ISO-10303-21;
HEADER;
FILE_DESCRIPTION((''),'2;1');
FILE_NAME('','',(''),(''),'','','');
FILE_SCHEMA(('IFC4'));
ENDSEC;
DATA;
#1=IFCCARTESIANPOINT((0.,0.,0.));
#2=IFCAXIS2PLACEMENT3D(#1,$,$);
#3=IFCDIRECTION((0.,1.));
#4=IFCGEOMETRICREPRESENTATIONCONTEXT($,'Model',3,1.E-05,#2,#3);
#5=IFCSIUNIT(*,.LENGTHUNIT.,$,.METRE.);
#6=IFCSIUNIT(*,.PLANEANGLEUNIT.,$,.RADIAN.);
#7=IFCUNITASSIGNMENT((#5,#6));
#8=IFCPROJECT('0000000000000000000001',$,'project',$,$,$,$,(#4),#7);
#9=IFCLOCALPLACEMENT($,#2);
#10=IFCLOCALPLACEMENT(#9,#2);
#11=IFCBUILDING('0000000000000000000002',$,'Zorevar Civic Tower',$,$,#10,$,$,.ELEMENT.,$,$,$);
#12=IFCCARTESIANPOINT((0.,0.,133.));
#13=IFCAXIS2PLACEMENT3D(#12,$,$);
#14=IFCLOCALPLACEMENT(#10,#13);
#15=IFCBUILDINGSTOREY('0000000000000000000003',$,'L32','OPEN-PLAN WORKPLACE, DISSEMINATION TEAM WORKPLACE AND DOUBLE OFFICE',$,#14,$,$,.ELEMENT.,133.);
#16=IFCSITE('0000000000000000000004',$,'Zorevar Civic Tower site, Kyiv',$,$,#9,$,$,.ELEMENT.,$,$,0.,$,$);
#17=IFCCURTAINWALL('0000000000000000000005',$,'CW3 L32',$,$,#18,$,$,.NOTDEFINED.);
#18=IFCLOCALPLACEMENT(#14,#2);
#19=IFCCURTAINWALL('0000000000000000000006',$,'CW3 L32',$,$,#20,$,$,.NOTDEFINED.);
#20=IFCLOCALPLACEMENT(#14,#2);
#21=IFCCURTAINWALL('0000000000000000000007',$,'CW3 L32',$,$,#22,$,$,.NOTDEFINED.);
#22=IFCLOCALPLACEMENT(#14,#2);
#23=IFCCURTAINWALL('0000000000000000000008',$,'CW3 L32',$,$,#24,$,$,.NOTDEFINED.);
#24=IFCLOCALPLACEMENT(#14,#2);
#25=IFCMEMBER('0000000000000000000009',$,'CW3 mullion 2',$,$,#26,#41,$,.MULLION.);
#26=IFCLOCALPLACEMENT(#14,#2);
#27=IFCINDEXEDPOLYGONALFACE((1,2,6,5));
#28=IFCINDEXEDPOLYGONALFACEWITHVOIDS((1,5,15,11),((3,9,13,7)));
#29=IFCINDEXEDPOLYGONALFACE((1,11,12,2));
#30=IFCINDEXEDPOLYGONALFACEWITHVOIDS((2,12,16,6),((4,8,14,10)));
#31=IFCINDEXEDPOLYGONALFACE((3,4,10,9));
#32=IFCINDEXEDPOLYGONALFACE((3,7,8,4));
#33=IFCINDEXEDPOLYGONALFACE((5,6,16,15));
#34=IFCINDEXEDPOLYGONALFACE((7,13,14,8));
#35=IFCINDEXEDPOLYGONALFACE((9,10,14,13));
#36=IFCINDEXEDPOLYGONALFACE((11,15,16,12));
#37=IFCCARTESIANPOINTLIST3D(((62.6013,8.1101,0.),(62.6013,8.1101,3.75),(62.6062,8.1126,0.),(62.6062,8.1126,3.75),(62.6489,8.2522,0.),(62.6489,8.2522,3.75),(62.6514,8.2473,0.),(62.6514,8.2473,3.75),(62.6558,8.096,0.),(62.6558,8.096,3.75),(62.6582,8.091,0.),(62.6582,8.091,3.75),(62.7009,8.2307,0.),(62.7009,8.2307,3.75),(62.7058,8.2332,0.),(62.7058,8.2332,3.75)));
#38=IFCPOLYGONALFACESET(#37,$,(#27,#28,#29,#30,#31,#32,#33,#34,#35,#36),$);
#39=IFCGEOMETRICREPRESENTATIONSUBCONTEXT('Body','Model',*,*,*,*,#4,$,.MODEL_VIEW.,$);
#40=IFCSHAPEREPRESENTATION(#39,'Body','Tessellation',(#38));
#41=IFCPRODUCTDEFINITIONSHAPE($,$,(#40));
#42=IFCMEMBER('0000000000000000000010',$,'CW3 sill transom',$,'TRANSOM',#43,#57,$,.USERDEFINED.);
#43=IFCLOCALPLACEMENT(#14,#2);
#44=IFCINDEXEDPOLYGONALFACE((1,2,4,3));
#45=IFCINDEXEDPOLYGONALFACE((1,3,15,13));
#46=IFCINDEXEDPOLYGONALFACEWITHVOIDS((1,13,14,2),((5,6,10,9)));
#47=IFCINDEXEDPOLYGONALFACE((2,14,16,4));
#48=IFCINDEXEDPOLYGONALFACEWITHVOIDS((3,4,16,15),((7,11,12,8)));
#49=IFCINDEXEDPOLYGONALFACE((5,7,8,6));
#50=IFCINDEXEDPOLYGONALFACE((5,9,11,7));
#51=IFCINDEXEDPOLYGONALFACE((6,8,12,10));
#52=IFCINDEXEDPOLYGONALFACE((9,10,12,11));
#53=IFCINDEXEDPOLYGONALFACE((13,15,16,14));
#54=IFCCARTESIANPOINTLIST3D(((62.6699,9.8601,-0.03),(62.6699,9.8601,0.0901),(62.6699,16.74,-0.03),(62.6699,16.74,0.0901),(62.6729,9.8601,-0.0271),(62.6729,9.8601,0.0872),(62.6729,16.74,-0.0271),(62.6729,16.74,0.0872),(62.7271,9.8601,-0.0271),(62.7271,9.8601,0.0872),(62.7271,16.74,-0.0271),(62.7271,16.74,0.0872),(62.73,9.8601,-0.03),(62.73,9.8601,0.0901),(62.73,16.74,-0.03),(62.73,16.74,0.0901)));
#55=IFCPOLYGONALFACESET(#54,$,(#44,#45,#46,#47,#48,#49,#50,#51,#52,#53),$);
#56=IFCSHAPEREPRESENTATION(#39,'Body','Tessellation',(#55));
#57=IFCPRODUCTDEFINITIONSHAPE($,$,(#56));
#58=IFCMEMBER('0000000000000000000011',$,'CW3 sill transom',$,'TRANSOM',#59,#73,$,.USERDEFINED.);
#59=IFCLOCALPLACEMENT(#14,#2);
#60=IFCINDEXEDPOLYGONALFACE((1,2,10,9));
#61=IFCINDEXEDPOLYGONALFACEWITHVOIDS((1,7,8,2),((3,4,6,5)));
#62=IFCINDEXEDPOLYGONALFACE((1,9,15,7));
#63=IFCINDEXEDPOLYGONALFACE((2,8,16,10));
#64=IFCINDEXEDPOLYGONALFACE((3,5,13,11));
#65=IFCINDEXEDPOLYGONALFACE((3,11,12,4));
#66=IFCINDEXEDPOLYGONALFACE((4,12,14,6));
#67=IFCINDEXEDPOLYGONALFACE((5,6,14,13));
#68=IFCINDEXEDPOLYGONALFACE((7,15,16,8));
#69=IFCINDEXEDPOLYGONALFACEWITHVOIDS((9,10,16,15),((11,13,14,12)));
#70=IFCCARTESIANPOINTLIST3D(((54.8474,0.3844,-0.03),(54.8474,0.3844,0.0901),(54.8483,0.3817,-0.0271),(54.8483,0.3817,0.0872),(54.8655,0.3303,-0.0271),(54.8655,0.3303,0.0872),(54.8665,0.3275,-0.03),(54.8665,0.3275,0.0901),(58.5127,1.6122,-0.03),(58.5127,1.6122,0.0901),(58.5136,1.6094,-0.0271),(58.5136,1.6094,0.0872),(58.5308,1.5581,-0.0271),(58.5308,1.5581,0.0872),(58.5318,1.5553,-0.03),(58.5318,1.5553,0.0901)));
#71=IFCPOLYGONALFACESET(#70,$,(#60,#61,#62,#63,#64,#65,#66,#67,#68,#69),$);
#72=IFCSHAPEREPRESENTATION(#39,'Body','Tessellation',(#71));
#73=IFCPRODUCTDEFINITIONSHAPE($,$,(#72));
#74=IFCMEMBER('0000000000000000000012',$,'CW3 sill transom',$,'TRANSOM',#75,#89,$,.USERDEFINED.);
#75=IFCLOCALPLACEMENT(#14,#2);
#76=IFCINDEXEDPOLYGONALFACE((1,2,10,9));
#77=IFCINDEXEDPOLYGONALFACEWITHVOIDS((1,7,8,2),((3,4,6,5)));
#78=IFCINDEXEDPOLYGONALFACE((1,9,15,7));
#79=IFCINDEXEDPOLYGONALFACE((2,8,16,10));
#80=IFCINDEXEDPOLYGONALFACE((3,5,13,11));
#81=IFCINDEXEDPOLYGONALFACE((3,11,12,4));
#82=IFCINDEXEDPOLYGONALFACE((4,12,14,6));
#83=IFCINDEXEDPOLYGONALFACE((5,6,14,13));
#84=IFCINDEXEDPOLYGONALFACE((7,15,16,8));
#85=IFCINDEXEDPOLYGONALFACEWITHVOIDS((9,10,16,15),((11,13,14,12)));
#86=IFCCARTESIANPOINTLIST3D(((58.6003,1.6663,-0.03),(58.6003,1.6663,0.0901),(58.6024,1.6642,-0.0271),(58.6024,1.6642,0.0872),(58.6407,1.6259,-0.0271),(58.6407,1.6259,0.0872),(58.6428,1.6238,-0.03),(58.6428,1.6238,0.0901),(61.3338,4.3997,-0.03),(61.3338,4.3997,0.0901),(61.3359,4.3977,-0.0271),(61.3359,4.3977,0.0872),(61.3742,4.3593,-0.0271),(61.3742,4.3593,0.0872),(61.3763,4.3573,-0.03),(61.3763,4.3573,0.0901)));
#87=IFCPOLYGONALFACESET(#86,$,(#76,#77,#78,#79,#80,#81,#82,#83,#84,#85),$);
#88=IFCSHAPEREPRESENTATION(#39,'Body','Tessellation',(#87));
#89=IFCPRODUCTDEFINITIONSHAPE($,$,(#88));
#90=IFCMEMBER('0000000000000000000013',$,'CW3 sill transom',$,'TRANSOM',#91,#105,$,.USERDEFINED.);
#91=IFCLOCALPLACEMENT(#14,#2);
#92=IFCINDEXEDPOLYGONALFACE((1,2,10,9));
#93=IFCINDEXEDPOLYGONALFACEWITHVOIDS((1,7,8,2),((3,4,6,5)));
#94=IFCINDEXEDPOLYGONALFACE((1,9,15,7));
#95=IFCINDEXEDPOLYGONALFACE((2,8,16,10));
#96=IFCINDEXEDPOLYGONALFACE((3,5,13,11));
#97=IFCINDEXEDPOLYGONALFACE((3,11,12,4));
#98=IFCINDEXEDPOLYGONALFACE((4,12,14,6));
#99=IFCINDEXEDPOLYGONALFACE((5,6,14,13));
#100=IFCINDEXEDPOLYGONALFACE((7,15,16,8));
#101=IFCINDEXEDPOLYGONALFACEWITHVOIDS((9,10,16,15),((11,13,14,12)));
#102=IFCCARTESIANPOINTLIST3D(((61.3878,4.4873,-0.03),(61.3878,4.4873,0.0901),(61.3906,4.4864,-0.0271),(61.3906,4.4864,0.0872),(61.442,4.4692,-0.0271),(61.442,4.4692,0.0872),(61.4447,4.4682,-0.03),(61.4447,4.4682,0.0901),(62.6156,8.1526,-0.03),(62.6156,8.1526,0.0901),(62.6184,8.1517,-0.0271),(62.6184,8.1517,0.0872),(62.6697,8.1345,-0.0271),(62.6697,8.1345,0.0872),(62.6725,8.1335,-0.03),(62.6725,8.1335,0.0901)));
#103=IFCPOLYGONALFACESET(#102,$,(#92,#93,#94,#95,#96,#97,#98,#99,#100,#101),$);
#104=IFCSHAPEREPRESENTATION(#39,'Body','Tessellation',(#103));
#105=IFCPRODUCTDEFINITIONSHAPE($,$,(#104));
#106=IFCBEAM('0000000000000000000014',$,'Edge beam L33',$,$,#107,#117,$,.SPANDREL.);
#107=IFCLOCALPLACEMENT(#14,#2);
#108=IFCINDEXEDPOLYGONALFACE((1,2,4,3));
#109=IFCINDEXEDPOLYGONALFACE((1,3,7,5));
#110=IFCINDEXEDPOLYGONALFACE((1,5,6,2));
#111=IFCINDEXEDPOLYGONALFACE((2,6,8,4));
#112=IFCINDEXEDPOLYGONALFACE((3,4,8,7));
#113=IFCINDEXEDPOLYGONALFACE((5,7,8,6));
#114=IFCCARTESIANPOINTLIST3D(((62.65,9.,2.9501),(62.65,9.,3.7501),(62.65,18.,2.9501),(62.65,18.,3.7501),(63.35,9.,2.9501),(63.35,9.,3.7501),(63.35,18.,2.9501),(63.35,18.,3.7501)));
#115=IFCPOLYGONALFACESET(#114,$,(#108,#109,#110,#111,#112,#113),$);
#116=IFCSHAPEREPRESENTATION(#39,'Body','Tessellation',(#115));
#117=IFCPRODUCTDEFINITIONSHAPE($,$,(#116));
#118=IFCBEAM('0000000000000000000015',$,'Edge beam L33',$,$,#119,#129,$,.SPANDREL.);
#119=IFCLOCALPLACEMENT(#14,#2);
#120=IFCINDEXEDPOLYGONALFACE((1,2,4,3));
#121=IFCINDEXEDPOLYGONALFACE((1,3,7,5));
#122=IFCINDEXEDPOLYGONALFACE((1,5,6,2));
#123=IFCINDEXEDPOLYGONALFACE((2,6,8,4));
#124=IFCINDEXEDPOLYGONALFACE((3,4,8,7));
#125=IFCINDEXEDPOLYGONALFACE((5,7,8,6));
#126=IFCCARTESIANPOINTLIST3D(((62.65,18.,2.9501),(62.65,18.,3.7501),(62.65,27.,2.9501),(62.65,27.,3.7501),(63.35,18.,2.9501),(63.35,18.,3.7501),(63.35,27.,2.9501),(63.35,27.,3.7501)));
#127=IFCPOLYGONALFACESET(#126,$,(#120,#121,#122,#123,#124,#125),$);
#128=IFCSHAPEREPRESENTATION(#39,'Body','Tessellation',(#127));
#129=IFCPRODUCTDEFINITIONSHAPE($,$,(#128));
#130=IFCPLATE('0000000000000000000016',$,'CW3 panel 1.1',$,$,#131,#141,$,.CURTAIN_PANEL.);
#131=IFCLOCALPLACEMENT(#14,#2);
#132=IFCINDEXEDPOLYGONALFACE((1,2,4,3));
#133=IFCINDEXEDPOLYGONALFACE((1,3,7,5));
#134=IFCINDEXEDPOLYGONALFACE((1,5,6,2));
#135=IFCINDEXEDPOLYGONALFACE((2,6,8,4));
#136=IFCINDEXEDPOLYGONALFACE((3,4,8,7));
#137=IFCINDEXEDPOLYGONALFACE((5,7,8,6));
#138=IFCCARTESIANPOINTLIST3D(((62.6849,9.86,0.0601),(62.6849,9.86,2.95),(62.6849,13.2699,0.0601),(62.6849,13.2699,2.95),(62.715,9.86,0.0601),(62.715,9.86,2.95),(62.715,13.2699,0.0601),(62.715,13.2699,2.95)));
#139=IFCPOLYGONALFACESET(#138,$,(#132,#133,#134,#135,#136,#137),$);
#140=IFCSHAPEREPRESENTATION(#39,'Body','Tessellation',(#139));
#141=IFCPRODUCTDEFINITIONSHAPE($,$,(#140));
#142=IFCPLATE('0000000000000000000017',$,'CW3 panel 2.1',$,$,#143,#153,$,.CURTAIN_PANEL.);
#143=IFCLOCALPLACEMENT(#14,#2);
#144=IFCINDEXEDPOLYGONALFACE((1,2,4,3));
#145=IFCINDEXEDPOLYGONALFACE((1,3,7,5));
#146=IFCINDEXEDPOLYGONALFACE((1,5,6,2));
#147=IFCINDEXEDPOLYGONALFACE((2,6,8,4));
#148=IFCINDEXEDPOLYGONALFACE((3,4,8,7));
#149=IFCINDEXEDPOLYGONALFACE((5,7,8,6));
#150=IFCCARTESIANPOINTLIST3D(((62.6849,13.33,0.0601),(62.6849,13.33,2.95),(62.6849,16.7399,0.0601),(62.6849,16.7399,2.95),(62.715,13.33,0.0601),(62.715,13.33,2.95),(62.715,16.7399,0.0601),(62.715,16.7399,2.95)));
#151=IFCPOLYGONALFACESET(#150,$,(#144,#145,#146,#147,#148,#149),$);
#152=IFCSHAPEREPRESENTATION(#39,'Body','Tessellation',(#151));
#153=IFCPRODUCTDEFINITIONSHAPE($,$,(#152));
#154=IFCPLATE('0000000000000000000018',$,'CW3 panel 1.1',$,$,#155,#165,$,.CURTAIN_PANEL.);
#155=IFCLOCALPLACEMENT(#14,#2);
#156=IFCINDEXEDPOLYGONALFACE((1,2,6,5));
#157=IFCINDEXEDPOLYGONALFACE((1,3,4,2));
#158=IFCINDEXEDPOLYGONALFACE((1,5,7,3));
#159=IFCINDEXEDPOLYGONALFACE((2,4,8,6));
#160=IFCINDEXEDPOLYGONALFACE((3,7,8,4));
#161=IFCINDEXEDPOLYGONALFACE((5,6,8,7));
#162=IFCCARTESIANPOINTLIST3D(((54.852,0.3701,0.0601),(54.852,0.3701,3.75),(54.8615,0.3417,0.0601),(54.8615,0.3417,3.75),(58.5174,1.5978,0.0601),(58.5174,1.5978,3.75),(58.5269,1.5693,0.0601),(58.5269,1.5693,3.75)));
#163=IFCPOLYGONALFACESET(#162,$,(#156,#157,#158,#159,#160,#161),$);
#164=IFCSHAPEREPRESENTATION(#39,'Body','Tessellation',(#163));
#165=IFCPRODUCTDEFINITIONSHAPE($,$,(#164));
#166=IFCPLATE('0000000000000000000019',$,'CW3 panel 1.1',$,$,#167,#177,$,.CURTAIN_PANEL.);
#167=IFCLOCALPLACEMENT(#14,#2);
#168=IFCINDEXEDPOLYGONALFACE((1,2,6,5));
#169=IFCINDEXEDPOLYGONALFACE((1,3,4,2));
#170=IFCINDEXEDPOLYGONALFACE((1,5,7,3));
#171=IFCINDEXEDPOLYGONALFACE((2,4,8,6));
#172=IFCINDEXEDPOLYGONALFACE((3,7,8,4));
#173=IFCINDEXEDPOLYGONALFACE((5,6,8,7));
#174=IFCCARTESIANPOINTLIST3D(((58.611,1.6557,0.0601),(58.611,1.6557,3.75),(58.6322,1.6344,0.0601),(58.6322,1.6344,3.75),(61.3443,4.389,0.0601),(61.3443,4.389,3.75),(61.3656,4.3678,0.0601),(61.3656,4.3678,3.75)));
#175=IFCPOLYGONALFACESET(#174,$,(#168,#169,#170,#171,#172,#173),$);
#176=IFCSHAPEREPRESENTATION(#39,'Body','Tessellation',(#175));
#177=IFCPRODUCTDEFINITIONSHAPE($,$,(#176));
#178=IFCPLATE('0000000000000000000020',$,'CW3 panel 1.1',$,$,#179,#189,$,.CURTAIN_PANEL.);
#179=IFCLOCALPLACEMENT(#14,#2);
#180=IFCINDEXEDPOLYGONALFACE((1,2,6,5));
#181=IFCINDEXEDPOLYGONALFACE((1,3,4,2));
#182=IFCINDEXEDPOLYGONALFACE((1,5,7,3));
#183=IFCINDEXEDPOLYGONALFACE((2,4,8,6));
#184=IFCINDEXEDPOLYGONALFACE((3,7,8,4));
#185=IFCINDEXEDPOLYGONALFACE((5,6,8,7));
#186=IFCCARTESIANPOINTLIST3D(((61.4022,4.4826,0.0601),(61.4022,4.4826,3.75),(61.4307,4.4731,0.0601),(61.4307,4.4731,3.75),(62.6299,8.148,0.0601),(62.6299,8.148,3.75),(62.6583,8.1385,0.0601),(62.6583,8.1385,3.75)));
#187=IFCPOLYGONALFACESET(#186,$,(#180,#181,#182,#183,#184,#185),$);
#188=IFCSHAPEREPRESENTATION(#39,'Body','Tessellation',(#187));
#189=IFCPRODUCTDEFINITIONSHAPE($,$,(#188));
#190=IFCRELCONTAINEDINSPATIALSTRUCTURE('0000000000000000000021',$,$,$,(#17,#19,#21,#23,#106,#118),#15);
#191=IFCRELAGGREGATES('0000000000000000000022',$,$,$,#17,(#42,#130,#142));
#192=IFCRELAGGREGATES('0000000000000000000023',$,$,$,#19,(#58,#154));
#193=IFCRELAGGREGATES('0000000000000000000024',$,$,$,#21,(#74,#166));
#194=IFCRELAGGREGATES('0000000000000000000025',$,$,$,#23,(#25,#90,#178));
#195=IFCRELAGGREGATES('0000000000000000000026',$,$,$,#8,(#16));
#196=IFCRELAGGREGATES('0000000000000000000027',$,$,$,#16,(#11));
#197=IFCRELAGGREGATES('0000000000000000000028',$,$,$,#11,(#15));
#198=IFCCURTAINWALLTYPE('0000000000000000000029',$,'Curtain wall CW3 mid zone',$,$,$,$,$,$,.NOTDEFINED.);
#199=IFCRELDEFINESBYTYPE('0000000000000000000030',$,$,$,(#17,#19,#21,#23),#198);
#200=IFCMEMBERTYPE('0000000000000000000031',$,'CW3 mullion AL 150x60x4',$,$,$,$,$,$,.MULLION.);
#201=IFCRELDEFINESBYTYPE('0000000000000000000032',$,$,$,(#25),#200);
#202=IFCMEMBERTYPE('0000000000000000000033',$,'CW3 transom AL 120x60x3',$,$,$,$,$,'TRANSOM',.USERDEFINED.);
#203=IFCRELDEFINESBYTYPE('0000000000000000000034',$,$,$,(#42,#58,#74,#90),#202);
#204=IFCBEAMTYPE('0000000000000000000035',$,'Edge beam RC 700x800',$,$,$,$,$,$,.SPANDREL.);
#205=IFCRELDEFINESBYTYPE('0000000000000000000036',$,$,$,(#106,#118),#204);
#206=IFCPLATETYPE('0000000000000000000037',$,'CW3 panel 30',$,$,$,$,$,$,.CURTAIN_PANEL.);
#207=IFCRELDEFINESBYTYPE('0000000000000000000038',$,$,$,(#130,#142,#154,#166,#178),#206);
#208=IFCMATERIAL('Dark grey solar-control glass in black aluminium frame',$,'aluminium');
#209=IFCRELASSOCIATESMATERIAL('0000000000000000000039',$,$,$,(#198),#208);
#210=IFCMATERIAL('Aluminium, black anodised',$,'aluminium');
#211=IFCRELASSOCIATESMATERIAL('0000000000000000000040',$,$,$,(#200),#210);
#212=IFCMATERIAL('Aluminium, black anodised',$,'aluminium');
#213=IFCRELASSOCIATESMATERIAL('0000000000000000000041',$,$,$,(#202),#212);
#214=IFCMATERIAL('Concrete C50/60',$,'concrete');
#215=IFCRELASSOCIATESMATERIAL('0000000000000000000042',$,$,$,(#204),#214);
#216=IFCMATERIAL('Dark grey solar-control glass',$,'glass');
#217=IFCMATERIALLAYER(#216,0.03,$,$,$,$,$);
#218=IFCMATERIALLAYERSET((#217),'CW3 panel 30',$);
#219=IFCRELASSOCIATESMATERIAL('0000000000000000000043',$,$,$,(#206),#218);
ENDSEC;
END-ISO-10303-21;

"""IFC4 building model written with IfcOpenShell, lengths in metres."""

from ifc_helpers import new_model, si_unit, direction, frame, origin, origin_2d, place, context, subcontext, project, spatial, rectangle, hollow_rectangle, extrude, material, layer, layer_set, material_profile, profile_set, type_object, element, aggregate, save


model = new_model("IFC4")

# Units and contexts
model_context = context("Model", 3, precision=1e-05, world=origin(), true_north=direction((0.0, 1.0)))
body_context = subcontext(model_context, "Body", "Model", "MODEL_VIEW")
ifc_project = project(units=[si_unit("LENGTHUNIT", "METRE"), si_unit("PLANEANGLEUNIT", "RADIAN")], contexts=[model_context])

# Site, building, storey
site_placement = place(None, origin())
site = spatial("IfcSite", under=ifc_project, at=site_placement, Name="Zorevar Civic Tower site, Kyiv", CompositionType="ELEMENT", RefElevation=0.0)
building_placement = place(site_placement, origin())
building = spatial("IfcBuilding", under=site, at=building_placement, Name="Zorevar Civic Tower", CompositionType="ELEMENT")
storey_placement = place(building_placement, frame((0.0, 0.0, 133.0)))
storey = spatial("IfcBuildingStorey", under=building, at=storey_placement, Name="L32", Description="OPEN-PLAN WORKPLACE, DISSEMINATION TEAM WORKPLACE AND DOUBLE OFFICE", CompositionType="ELEMENT", Elevation=133.0)

# Curtain walls, member
ifc_material_1 = material(Name="Dark grey solar-control glass in black aluminium frame", Category="aluminium")
curtain_wall_type = type_object("IfcCurtainWallType", Name="Curtain wall CW3 mid zone", PredefinedType="NOTDEFINED", material=ifc_material_1)
curtain_wall_1_placement = place(storey_placement, origin())
curtain_wall_1 = element("IfcCurtainWall", 1, at=curtain_wall_1_placement, inside=storey, type_object=curtain_wall_type, Name="CW3 L32", PredefinedType="NOTDEFINED")
ifc_material_2 = material(Name="Aluminium, black anodised", Category="aluminium")
ifc_material_profile_1 = material_profile(ifc_material_2, hollow_rectangle(XDim=0.0601, YDim=0.1499, WallThickness=0.0039, at=origin_2d()), Name="AL 150x60x4")
ifc_profile_set_1 = profile_set([ifc_material_profile_1], Name="Aluminium, black anodised")
member_type_1 = type_object("IfcMemberType", Name="CW3 mullion AL 150x60x4", PredefinedType="MULLION", material=ifc_profile_set_1)
curtain_wall_2_placement = place(storey_placement, origin())
curtain_wall_2 = element("IfcCurtainWall", 2, at=curtain_wall_2_placement, inside=storey, type_object=curtain_wall_type, Name="CW3 L32", PredefinedType="NOTDEFINED")
curtain_wall_3_placement = place(storey_placement, origin())
curtain_wall_3 = element("IfcCurtainWall", 3, at=curtain_wall_3_placement, inside=storey, type_object=curtain_wall_type, Name="CW3 L32", PredefinedType="NOTDEFINED")
curtain_wall_4_placement = place(storey_placement, origin())
curtain_wall_4 = element("IfcCurtainWall", 4, at=curtain_wall_4_placement, inside=storey, type_object=curtain_wall_type, Name="CW3 L32", PredefinedType="NOTDEFINED")
member_1_placement = place(storey_placement, frame((62.6536, 8.1716, 0.0), z_axis=(0.0, 0.0, 1.0), x_axis=(-0.948227, 0.317593, 0.0)))
member_1 = element("IfcMember", 5, at=member_1_placement, type_object=member_type_1, Name="CW3 mullion 2", PredefinedType="MULLION", context=body_context, shape_type="SweptSolid", body=[
    extrude(hollow_rectangle(XDim=0.0601, YDim=0.1499, WallThickness=0.0039, at=origin_2d()), origin(), (0.0, 0.0, 1.0), 3.75),
])

# Members
ifc_material_3 = material(Name="Aluminium, black anodised", Category="aluminium")
ifc_material_profile_2 = material_profile(ifc_material_3, hollow_rectangle(XDim=0.0601, YDim=0.1201, WallThickness=0.0029, at=origin_2d()), Name="AL 120x60x3")
ifc_profile_set_2 = profile_set([ifc_material_profile_2], Name="Aluminium, black anodised")
member_type_2 = type_object("IfcMemberType", Name="CW3 transom AL 120x60x3", ElementType="TRANSOM", PredefinedType="USERDEFINED", material=ifc_profile_set_2)
member_2_placement = place(storey_placement, frame((62.7, 9.8601, 0.03), z_axis=(0.0, 1.0, 0.0), x_axis=(-1.0, 0.0, 0.0)))
member_2 = element("IfcMember", 6, at=member_2_placement, type_object=member_type_2, Name="CW3 sill transom", ObjectType="TRANSOM", PredefinedType="USERDEFINED", context=body_context, shape_type="SweptSolid", body=[
    extrude(hollow_rectangle(XDim=0.0601, YDim=0.1201, WallThickness=0.0029, at=origin_2d()), origin(), (0.0, 0.0, 1.0), 6.8799),
])
member_3_placement = place(storey_placement, frame((54.8569, 0.356, 0.03), z_axis=(0.948215, 0.31763, 0.0), x_axis=(-0.31763, 0.948215, 0.0)))
member_3 = element("IfcMember", 7, at=member_3_placement, type_object=member_type_2, Name="CW3 sill transom", ObjectType="TRANSOM", PredefinedType="USERDEFINED", context=body_context, shape_type="SweptSolid", body=[
    extrude(hollow_rectangle(XDim=0.0601, YDim=0.1201, WallThickness=0.0029, at=origin_2d()), origin(), (0.0, 0.0, 1.0), 3.8655),
])
member_4_placement = place(storey_placement, frame((58.6216, 1.645, 0.03), z_axis=(0.707107, 0.707107, 0.0), x_axis=(-0.707107, 0.707107, 0.0)))
member_4 = element("IfcMember", 8, at=member_4_placement, type_object=member_type_2, Name="CW3 sill transom", ObjectType="TRANSOM", PredefinedType="USERDEFINED", context=body_context, shape_type="SweptSolid", body=[
    extrude(hollow_rectangle(XDim=0.0601, YDim=0.1201, WallThickness=0.0029, at=origin_2d()), origin(), (0.0, 0.0, 1.0), 3.8657),
])
member_5_placement = place(storey_placement, frame((61.4163, 4.4778, 0.03), z_axis=(0.31763, 0.948215, 0.0), x_axis=(-0.948215, 0.31763, 0.0)))
member_5 = element("IfcMember", 9, at=member_5_placement, type_object=member_type_2, Name="CW3 sill transom", ObjectType="TRANSOM", PredefinedType="USERDEFINED", context=body_context, shape_type="SweptSolid", body=[
    extrude(hollow_rectangle(XDim=0.0601, YDim=0.1201, WallThickness=0.0029, at=origin_2d()), origin(), (0.0, 0.0, 1.0), 3.8655),
])

# Beams
ifc_material_4 = material(Name="Concrete C50/60", Category="concrete")
ifc_material_profile_3 = material_profile(ifc_material_4, rectangle(XDim=0.7, YDim=0.8, at=origin_2d()), Name="RC 700x800")
ifc_profile_set_3 = profile_set([ifc_material_profile_3], Name="Concrete C50/60")
beam_type_1 = type_object("IfcBeamType", Name="Edge beam RC 700x800", PredefinedType="SPANDREL", material=ifc_profile_set_3)
for number, where, z_axis, x_axis, name in (
    (10, (63.0, 9.0, 3.3501), (0.0, 1.0, 0.0), (-1.0, 0.0, 0.0), "Edge beam L33"),
    (11, (63.0, 18.0, 3.3501), (0.0, 1.0, 0.0), (-1.0, 0.0, 0.0), "Edge beam L33"),
):
    element("IfcBeam", number, at=place(storey_placement, frame(where, z_axis=z_axis, x_axis=x_axis)), inside=storey, type_object=beam_type_1, Name=name, PredefinedType="SPANDREL", context=body_context, shape_type="SweptSolid", body=[
        extrude(rectangle(XDim=0.7, YDim=0.8, at=origin_2d()), origin(), (0.0, 0.0, 1.0), 9.0),
    ])

# Plates
ifc_material_5 = material(Name="Dark grey solar-control glass", Category="glass")
ifc_layer_1 = layer(ifc_material_5, 0.03)
ifc_layer_set_1 = layer_set([ifc_layer_1], Name="CW3 panel 30")
plate_type = type_object("IfcPlateType", Name="CW3 panel 30", PredefinedType="CURTAIN_PANEL", material=ifc_layer_set_1)
plate_1_placement = place(storey_placement, frame((62.7, 11.5649, 0.0601), z_axis=(0.0, 0.0, 1.0), x_axis=(0.0, 1.0, 0.0)))
plate_1 = element("IfcPlate", 12, at=plate_1_placement, type_object=plate_type, Name="CW3 panel 1.1", PredefinedType="CURTAIN_PANEL", context=body_context, shape_type="SweptSolid", body=[
    extrude(rectangle(XDim=3.4099, YDim=0.03, at=origin_2d()), origin(), (0.0, 0.0, 1.0), 2.8899),
])
plate_2_placement = place(storey_placement, frame((62.7, 15.0349, 0.0601), z_axis=(0.0, 0.0, 1.0), x_axis=(0.0, 1.0, 0.0)))
plate_2 = element("IfcPlate", 13, at=plate_2_placement, type_object=plate_type, Name="CW3 panel 2.1", PredefinedType="CURTAIN_PANEL", context=body_context, shape_type="SweptSolid", body=[
    extrude(rectangle(XDim=3.4099, YDim=0.03, at=origin_2d()), origin(), (0.0, 0.0, 1.0), 2.8899),
])
aggregate(curtain_wall_1, [member_2, plate_1, plate_2])
plate_3_placement = place(storey_placement, frame((56.6895, 0.9697, 0.0601), z_axis=(0.0, 0.0, 1.0), x_axis=(0.948227, 0.317593, 0.0)))
plate_3 = element("IfcPlate", 14, at=plate_3_placement, type_object=plate_type, Name="CW3 panel 1.1", PredefinedType="CURTAIN_PANEL", context=body_context, shape_type="SweptSolid", body=[
    extrude(rectangle(XDim=3.8655, YDim=0.03, at=origin_2d()), origin(), (0.0, 0.0, 1.0), 3.6899),
])
aggregate(curtain_wall_2, [member_3, plate_3])
plate_4_placement = place(storey_placement, frame((59.9883, 3.0117, 0.0601), z_axis=(0.0, 0.0, 1.0), x_axis=(0.707107, 0.707107, 0.0)))
plate_4 = element("IfcPlate", 15, at=plate_4_placement, type_object=plate_type, Name="CW3 panel 1.1", PredefinedType="CURTAIN_PANEL", context=body_context, shape_type="SweptSolid", body=[
    extrude(rectangle(XDim=3.8655, YDim=0.03, at=origin_2d()), origin(), (0.0, 0.0, 1.0), 3.6899),
])
aggregate(curtain_wall_3, [member_4, plate_4])
plate_5_placement = place(storey_placement, frame((62.0303, 6.3105, 0.0601), z_axis=(0.0, 0.0, 1.0), x_axis=(0.317593, 0.948227, 0.0)))
plate_5 = element("IfcPlate", 16, at=plate_5_placement, type_object=plate_type, Name="CW3 panel 1.1", PredefinedType="CURTAIN_PANEL", context=body_context, shape_type="SweptSolid", body=[
    extrude(rectangle(XDim=3.8655, YDim=0.03, at=origin_2d()), origin(), (0.0, 0.0, 1.0), 3.6899),
])
aggregate(curtain_wall_4, [member_1, member_5, plate_5])

save(model, "model.ifc")
